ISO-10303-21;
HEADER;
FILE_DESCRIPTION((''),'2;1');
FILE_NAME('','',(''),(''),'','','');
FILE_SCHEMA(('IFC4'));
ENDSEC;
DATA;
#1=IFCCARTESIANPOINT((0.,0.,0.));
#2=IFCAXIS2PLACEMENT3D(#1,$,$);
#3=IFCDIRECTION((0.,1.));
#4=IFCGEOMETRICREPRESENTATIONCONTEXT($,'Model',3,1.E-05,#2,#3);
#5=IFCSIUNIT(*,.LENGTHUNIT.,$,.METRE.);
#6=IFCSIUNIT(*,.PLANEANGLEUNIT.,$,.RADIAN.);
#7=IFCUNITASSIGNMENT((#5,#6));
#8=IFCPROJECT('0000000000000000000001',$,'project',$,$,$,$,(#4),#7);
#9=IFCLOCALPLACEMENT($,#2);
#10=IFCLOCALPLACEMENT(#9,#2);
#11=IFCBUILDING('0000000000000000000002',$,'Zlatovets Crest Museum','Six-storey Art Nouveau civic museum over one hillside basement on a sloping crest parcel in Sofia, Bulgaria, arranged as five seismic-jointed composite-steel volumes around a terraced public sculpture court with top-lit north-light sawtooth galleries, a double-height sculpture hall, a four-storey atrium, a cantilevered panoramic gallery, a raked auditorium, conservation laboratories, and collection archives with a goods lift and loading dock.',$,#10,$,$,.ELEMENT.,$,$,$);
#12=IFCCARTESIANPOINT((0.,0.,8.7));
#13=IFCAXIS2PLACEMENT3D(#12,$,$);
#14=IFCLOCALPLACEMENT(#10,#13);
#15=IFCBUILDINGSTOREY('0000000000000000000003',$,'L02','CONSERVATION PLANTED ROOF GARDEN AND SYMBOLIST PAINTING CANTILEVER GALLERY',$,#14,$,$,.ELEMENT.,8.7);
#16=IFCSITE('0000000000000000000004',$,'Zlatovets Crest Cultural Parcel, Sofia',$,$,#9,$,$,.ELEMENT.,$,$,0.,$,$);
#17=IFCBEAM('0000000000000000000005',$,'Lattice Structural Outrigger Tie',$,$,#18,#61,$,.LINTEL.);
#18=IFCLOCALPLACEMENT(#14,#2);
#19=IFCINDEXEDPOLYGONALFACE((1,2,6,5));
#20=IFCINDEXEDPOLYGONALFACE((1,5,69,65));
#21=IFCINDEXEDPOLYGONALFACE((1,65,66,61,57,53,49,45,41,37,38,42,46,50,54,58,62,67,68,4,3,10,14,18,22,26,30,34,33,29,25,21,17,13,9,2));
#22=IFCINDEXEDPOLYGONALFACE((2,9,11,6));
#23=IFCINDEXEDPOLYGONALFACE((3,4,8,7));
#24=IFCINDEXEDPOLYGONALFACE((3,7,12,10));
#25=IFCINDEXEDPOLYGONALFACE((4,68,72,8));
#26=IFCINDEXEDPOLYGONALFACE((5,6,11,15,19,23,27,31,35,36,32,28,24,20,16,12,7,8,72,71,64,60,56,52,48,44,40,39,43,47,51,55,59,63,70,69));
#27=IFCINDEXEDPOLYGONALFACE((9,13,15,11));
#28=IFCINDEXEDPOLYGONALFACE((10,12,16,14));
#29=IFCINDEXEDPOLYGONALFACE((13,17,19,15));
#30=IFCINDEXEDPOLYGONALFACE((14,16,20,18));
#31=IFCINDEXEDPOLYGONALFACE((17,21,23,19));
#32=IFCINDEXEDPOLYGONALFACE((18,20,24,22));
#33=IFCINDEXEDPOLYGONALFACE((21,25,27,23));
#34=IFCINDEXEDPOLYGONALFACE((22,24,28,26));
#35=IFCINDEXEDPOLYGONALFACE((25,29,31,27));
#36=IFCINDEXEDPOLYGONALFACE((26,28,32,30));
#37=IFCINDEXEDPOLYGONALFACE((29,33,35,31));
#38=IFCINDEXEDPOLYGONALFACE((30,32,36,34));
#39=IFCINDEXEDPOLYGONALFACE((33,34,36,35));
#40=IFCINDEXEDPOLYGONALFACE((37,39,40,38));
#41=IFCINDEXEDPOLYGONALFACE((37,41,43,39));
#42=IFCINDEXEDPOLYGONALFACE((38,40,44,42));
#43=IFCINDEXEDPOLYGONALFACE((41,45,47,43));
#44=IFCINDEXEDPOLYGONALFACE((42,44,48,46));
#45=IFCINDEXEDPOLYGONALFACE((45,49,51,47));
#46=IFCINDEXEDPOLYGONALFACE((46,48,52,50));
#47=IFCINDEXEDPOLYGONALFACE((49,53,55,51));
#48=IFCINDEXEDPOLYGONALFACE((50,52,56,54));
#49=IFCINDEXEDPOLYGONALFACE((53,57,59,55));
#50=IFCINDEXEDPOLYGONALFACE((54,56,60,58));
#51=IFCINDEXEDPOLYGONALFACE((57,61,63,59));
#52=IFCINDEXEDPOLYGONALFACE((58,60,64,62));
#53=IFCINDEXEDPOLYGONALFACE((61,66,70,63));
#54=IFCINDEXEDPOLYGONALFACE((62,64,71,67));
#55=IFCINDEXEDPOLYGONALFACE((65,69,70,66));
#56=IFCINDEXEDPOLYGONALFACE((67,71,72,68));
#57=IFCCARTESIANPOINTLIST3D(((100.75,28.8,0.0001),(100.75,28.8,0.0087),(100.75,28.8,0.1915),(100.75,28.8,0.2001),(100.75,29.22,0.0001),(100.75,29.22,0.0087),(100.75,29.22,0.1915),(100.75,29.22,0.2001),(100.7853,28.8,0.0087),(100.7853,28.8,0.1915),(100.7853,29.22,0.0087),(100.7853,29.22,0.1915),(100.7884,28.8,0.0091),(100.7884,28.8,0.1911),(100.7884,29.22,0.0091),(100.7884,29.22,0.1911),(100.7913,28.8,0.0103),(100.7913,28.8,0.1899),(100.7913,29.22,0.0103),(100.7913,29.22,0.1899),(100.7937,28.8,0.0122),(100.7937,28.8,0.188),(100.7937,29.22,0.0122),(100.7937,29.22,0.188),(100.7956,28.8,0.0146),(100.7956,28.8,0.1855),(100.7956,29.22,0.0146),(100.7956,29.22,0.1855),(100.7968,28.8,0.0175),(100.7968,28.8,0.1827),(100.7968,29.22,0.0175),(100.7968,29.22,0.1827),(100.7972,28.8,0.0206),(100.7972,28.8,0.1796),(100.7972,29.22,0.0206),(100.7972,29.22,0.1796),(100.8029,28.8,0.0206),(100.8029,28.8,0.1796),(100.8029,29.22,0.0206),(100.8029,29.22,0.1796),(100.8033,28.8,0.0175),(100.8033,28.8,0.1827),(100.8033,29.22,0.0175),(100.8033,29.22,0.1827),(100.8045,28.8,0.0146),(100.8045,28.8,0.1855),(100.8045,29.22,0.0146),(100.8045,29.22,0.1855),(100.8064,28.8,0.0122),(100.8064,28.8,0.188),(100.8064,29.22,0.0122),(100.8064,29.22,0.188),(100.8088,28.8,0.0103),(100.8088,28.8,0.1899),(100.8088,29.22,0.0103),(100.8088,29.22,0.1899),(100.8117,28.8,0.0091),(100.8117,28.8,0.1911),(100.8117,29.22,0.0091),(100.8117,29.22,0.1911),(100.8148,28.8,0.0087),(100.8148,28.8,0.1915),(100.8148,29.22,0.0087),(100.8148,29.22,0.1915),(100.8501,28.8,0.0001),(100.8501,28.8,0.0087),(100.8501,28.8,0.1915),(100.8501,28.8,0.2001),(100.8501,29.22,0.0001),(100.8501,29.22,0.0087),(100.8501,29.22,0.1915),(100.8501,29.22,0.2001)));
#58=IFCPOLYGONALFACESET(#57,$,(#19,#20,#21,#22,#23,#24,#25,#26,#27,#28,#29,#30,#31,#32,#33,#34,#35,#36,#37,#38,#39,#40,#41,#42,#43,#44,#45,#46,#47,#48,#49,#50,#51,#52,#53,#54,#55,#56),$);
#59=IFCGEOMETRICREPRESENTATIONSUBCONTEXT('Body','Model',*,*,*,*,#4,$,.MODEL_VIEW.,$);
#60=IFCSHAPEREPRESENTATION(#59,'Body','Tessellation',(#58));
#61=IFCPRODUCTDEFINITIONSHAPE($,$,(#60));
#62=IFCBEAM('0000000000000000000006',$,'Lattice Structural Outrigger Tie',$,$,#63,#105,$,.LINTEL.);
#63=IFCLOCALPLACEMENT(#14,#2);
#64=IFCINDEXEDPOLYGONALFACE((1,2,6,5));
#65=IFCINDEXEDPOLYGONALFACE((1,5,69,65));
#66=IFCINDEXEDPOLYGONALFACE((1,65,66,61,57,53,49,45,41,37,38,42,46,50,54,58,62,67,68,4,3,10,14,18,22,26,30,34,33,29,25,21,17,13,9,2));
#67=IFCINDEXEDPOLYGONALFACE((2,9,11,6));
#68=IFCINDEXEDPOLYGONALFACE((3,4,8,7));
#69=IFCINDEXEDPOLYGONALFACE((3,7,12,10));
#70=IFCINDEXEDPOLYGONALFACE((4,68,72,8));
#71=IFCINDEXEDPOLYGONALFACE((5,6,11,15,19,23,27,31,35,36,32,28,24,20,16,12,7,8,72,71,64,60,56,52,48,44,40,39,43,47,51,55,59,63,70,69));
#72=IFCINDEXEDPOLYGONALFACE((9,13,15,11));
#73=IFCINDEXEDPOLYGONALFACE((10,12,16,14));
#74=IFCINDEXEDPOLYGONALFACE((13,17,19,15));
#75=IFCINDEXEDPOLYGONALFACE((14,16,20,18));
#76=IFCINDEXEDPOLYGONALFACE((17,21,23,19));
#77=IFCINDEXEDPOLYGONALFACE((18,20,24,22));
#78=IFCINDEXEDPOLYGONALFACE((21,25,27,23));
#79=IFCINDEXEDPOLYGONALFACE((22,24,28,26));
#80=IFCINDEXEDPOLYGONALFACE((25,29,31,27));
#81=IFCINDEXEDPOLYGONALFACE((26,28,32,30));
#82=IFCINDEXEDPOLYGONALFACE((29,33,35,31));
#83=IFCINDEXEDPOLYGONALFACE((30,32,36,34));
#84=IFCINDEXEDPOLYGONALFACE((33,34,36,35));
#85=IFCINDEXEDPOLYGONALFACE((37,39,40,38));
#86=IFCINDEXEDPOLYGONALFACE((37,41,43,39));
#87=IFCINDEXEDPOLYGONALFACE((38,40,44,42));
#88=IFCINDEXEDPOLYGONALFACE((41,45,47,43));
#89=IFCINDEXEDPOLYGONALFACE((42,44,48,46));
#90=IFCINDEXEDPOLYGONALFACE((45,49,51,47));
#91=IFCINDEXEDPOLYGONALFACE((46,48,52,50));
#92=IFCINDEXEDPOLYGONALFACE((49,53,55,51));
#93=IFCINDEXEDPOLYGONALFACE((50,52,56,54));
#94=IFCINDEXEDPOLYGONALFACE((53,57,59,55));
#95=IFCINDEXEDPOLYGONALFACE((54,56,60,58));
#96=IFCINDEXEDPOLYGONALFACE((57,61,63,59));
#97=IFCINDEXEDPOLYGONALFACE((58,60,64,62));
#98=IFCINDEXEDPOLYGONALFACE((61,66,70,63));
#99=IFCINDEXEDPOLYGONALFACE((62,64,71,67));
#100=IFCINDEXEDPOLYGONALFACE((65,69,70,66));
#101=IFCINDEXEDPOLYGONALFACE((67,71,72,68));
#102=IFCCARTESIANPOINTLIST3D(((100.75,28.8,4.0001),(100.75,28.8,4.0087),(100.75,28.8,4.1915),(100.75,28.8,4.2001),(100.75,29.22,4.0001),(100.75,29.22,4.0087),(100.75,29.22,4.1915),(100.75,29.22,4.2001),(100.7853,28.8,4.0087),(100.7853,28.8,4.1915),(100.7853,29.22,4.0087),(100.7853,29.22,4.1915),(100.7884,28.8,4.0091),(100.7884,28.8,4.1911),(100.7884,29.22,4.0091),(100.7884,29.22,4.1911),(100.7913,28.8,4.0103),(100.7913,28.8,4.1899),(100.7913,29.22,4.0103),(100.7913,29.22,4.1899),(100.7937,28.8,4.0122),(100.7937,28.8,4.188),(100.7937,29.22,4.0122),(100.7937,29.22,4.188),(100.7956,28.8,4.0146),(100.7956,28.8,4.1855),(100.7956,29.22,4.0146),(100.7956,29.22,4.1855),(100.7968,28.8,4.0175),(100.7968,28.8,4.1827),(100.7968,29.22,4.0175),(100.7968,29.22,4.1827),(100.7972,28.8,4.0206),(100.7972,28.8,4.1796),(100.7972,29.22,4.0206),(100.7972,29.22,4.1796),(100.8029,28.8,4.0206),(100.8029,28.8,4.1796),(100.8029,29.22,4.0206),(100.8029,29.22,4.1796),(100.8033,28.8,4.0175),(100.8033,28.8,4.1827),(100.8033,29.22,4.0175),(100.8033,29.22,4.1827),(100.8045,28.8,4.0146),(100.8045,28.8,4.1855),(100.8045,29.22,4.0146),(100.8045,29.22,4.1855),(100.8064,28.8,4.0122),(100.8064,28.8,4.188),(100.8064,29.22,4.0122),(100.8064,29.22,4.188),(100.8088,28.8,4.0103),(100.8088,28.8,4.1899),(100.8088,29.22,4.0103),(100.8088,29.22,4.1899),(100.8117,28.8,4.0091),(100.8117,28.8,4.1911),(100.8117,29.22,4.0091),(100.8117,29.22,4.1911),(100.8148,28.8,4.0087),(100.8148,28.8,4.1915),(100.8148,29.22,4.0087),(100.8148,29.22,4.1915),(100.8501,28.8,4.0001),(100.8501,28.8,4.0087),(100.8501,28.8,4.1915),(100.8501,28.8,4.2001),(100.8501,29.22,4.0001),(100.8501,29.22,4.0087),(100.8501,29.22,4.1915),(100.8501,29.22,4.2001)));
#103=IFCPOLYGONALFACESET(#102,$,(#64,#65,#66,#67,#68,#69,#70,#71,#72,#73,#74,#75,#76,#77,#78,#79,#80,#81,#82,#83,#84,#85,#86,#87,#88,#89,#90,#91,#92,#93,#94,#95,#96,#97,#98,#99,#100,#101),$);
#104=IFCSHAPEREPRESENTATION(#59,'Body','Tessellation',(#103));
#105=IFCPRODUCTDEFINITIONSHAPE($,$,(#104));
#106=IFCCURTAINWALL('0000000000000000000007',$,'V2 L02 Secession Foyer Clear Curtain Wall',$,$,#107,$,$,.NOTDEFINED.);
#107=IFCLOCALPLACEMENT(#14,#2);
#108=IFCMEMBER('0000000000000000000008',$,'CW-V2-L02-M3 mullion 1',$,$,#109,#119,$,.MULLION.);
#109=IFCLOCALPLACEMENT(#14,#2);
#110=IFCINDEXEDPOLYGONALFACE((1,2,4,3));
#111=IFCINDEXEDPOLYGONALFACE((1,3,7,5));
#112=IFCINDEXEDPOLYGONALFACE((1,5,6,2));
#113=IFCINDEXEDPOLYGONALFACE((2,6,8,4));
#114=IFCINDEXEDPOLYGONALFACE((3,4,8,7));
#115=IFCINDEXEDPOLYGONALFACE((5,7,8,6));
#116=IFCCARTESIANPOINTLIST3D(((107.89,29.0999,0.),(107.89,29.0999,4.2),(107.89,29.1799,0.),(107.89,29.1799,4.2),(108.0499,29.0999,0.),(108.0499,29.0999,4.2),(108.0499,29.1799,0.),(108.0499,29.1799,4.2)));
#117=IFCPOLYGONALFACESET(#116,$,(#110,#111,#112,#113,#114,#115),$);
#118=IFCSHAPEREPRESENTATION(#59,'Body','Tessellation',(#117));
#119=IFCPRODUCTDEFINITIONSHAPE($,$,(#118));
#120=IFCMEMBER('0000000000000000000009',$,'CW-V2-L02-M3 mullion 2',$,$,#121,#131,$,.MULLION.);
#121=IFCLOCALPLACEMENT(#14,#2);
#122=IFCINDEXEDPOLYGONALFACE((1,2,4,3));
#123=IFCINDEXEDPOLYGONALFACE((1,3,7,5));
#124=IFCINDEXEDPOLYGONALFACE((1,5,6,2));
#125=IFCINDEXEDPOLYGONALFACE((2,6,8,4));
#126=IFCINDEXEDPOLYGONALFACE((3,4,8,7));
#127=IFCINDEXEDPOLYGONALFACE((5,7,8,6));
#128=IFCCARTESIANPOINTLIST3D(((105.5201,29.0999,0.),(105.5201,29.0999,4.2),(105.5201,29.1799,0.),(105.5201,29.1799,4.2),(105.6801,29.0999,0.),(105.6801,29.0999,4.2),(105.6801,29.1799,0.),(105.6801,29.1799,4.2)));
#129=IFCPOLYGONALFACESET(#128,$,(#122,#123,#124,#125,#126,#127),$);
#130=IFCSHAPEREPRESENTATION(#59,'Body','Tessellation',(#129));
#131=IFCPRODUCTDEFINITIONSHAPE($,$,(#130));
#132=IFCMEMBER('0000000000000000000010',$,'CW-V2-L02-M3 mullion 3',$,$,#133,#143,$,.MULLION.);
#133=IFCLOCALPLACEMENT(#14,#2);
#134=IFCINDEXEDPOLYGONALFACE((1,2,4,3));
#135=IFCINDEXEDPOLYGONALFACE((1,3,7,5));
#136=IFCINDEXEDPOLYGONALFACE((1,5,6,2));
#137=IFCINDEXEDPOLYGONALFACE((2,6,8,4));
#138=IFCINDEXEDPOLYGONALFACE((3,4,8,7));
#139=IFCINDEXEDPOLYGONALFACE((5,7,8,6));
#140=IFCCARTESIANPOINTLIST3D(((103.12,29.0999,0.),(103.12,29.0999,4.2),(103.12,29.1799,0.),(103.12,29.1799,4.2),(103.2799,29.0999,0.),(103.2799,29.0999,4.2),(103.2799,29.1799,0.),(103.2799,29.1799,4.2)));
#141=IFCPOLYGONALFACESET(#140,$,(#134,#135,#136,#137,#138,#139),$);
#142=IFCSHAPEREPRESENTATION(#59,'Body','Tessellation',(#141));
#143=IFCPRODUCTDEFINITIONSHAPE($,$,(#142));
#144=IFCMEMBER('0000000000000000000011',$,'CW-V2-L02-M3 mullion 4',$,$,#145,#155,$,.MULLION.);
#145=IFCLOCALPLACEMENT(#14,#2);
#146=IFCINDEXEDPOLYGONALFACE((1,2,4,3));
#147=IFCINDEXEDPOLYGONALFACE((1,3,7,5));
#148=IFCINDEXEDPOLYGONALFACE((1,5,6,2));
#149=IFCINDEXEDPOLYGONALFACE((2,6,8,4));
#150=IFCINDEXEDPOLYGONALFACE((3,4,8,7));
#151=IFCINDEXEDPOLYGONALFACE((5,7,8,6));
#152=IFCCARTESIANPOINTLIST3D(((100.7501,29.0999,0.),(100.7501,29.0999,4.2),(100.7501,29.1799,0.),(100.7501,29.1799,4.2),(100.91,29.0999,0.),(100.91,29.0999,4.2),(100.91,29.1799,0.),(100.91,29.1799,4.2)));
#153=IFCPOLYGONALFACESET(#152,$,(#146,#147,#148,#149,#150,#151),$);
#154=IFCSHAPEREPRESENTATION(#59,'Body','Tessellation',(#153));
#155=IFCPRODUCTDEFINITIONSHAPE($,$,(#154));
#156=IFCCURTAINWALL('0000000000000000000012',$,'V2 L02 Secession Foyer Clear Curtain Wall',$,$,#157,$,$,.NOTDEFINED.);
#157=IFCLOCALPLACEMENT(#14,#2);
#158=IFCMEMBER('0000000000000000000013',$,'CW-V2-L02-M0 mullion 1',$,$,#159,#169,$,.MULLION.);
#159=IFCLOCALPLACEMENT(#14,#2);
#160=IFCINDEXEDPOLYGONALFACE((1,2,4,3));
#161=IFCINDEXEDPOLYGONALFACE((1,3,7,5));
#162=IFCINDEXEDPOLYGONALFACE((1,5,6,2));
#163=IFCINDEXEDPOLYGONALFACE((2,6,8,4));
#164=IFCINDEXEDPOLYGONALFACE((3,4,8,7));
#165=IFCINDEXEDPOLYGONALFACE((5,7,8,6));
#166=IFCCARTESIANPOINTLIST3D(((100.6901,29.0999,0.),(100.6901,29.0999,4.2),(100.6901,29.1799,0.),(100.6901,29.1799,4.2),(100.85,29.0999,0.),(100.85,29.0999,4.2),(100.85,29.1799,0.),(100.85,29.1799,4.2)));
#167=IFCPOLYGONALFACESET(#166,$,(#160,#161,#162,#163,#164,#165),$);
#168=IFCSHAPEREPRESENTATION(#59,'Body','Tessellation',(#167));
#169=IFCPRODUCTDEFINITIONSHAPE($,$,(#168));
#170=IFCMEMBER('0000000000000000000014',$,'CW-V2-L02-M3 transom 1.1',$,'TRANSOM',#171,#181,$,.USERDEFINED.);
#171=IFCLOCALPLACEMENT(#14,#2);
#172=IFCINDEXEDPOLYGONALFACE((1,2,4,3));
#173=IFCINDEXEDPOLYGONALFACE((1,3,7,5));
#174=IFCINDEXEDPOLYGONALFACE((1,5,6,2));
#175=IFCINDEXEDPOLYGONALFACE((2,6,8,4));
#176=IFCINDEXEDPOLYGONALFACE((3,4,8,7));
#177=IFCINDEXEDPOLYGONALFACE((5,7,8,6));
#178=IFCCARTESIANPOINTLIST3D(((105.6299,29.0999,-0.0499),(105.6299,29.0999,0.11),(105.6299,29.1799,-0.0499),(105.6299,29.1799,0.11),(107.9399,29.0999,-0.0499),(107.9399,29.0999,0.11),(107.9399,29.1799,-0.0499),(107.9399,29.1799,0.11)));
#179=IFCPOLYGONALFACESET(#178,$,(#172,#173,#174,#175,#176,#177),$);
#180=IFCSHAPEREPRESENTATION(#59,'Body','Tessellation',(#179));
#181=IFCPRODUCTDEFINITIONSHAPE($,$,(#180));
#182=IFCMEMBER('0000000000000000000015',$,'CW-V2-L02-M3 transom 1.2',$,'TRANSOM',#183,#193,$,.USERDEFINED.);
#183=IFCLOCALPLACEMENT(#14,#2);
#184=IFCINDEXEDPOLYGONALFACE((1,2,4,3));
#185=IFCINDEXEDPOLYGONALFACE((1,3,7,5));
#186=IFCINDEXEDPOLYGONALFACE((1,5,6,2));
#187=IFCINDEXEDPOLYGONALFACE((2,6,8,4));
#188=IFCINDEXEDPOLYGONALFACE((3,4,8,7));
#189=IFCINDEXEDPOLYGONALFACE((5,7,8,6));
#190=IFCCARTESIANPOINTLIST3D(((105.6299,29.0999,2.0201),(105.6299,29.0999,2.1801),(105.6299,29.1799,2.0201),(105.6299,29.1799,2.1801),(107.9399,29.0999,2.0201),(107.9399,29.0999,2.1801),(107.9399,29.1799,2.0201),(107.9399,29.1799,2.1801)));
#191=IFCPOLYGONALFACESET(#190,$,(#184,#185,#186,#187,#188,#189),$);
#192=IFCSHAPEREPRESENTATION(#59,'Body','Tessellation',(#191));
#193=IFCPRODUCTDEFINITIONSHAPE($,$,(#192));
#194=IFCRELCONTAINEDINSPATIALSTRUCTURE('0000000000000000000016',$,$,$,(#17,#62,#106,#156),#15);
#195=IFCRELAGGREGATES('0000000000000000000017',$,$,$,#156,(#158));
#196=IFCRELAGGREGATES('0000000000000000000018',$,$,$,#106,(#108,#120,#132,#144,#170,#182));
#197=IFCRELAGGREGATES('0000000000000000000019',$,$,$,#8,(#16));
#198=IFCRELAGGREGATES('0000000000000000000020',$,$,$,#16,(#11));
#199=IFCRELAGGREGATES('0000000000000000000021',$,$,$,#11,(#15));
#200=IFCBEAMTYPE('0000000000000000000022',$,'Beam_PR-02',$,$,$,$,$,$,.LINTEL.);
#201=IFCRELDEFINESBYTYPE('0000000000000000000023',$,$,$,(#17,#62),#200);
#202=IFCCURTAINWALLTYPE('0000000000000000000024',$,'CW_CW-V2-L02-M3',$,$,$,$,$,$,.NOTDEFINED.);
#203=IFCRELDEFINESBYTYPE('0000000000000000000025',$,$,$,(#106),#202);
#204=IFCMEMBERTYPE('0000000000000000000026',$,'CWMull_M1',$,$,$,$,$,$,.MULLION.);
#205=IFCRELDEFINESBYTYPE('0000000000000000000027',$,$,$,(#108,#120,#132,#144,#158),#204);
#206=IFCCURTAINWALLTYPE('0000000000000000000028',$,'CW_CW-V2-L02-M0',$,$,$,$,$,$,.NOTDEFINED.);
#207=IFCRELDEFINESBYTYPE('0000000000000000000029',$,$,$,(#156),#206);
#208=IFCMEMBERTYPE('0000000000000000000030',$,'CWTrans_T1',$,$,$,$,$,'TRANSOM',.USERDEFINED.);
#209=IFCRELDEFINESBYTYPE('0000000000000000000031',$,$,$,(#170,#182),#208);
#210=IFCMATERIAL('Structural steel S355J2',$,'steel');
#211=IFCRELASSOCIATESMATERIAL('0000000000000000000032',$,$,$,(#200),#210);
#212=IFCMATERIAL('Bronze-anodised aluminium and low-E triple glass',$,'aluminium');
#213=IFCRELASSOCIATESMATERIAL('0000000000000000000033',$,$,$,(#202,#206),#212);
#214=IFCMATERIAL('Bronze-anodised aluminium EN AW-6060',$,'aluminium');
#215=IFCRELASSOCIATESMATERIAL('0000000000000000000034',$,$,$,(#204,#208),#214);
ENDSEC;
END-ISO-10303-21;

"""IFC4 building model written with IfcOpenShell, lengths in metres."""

from ifc_helpers import new_model, si_unit, direction, frame, origin, origin_2d, place, context, subcontext, project, spatial, rectangle, i_section, extrude, material, material_profile, profile_set, type_object, element, aggregate, save


model = new_model("IFC4")

# Units and contexts
model_context = context("Model", 3, precision=1e-05, world=origin(), true_north=direction((0.0, 1.0)))
body_context = subcontext(model_context, "Body", "Model", "MODEL_VIEW")
ifc_project = project(units=[si_unit("LENGTHUNIT", "METRE"), si_unit("PLANEANGLEUNIT", "RADIAN")], contexts=[model_context])

# Site, building, storey
site_placement = place(None, origin())
site = spatial("IfcSite", under=ifc_project, at=site_placement, Name="Zlatovets Crest Cultural Parcel, Sofia", CompositionType="ELEMENT", RefElevation=0.0)
building_placement = place(site_placement, origin())
building = spatial("IfcBuilding", under=site, at=building_placement, Name="Zlatovets Crest Museum", Description="Six-storey Art Nouveau civic museum over one hillside basement on a sloping crest parcel in Sofia, Bulgaria, arranged as five seismic-jointed composite-steel volumes around a terraced public sculpture court with top-lit north-light sawtooth galleries, a double-height sculpture hall, a four-storey atrium, a cantilevered panoramic gallery, a raked auditorium, conservation laboratories, and collection archives with a goods lift and loading dock.", CompositionType="ELEMENT")
storey_placement = place(building_placement, frame((0.0, 0.0, 8.7)))
storey = spatial("IfcBuildingStorey", under=building, at=storey_placement, Name="L02", Description="CONSERVATION PLANTED ROOF GARDEN AND SYMBOLIST PAINTING CANTILEVER GALLERY", CompositionType="ELEMENT", Elevation=8.7)

# Shared definitions
ifc_material_1 = material(Name="Structural steel S355J2", Category="steel")

# Beams
ifc_material_profile_1 = material_profile(ifc_material_1, i_section(OverallWidth=0.1001, OverallDepth=0.2, WebThickness=0.0056, FlangeThickness=0.0085, FilletRadius=0.012, at=origin_2d()), Name="IPE 200")
ifc_profile_set_1 = profile_set([ifc_material_profile_1], Name="Structural steel S355J2")
beam_type_1 = type_object("IfcBeamType", Name="Beam_PR-02", PredefinedType="LINTEL", material=ifc_profile_set_1)
for number, where, z_axis, x_axis, name in (
    (1, (100.8, 28.8, 0.1001), (0.0, 1.0, 0.0), (-1.0, 0.0, 0.0), "Lattice Structural Outrigger Tie"),
    (2, (100.8, 28.8, 4.1001), (0.0, 1.0, 0.0), (-1.0, 0.0, 0.0), "Lattice Structural Outrigger Tie"),
):
    element("IfcBeam", number, at=place(storey_placement, frame(where, z_axis=z_axis, x_axis=x_axis)), inside=storey, type_object=beam_type_1, Name=name, PredefinedType="LINTEL", context=body_context, shape_type="SweptSolid", body=[
        extrude(i_section(OverallWidth=0.1001, OverallDepth=0.2, WebThickness=0.0056, FlangeThickness=0.0085, FilletRadius=0.012, at=origin_2d()), origin(), (0.0, 0.0, 1.0), 0.4199),
    ])

# Curtain wall, members
ifc_material_2 = material(Name="Bronze-anodised aluminium and low-E triple glass", Category="aluminium")
curtain_wall_type_1 = type_object("IfcCurtainWallType", Name="CW_CW-V2-L02-M3", PredefinedType="NOTDEFINED", material=ifc_material_2)
curtain_wall_1_placement = place(storey_placement, origin())
curtain_wall_1 = element("IfcCurtainWall", 3, at=curtain_wall_1_placement, inside=storey, type_object=curtain_wall_type_1, Name="V2 L02 Secession Foyer Clear Curtain Wall", PredefinedType="NOTDEFINED")
ifc_material_3 = material(Name="Bronze-anodised aluminium EN AW-6060", Category="aluminium")
ifc_material_profile_2 = material_profile(ifc_material_3, rectangle(XDim=0.0801, YDim=0.1599, at=origin_2d()), Name="ALU 80x160")
ifc_profile_set_2 = profile_set([ifc_material_profile_2], Name="Bronze-anodised aluminium EN AW-6060")
member_type_1 = type_object("IfcMemberType", Name="CWMull_M1", PredefinedType="MULLION", material=ifc_profile_set_2)
member_1_placement = place(storey_placement, frame((107.97, 29.1399, 0.0), z_axis=(0.0, 0.0, 1.0), x_axis=(0.0, -1.0, 0.0)))
member_1 = element("IfcMember", 4, at=member_1_placement, type_object=member_type_1, Name="CW-V2-L02-M3 mullion 1", PredefinedType="MULLION", context=body_context, shape_type="SweptSolid", body=[
    extrude(rectangle(XDim=0.0801, YDim=0.1599, at=origin_2d()), origin(), (0.0, 0.0, 1.0), 4.2),
])
member_2_placement = place(storey_placement, frame((105.6001, 29.1399, 0.0), z_axis=(0.0, 0.0, 1.0), x_axis=(0.0, -1.0, 0.0)))
member_2 = element("IfcMember", 5, at=member_2_placement, type_object=member_type_1, Name="CW-V2-L02-M3 mullion 2", PredefinedType="MULLION", context=body_context, shape_type="SweptSolid", body=[
    extrude(rectangle(XDim=0.0801, YDim=0.1599, at=origin_2d()), origin(), (0.0, 0.0, 1.0), 4.2),
])
member_3_placement = place(storey_placement, frame((103.2, 29.1399, 0.0), z_axis=(0.0, 0.0, 1.0), x_axis=(0.0, -1.0, 0.0)))
member_3 = element("IfcMember", 6, at=member_3_placement, type_object=member_type_1, Name="CW-V2-L02-M3 mullion 3", PredefinedType="MULLION", context=body_context, shape_type="SweptSolid", body=[
    extrude(rectangle(XDim=0.0801, YDim=0.1599, at=origin_2d()), origin(), (0.0, 0.0, 1.0), 4.2),
])
member_4_placement = place(storey_placement, frame((100.8301, 29.1399, 0.0), z_axis=(0.0, 0.0, 1.0), x_axis=(0.0, -1.0, 0.0)))
member_4 = element("IfcMember", 7, at=member_4_placement, type_object=member_type_1, Name="CW-V2-L02-M3 mullion 4", PredefinedType="MULLION", context=body_context, shape_type="SweptSolid", body=[
    extrude(rectangle(XDim=0.0801, YDim=0.1599, at=origin_2d()), origin(), (0.0, 0.0, 1.0), 4.2),
])

# Curtain wall, member
curtain_wall_type_2 = type_object("IfcCurtainWallType", Name="CW_CW-V2-L02-M0", PredefinedType="NOTDEFINED", material=ifc_material_2)
curtain_wall_2_placement = place(storey_placement, origin())
curtain_wall_2 = element("IfcCurtainWall", 8, at=curtain_wall_2_placement, inside=storey, type_object=curtain_wall_type_2, Name="V2 L02 Secession Foyer Clear Curtain Wall", PredefinedType="NOTDEFINED")
member_5_placement = place(storey_placement, frame((100.77, 29.1399, 0.0), z_axis=(0.0, 0.0, 1.0), x_axis=(0.0, -1.0, 0.0)))
member_5 = element("IfcMember", 9, at=member_5_placement, type_object=member_type_1, Name="CW-V2-L02-M0 mullion 1", PredefinedType="MULLION", context=body_context, shape_type="SweptSolid", body=[
    extrude(rectangle(XDim=0.0801, YDim=0.1599, at=origin_2d()), origin(), (0.0, 0.0, 1.0), 4.2),
])

# Members
ifc_material_profile_3 = material_profile(ifc_material_3, rectangle(XDim=0.0801, YDim=0.1599, at=origin_2d()), Name="ALU 80x160")
ifc_profile_set_3 = profile_set([ifc_material_profile_3], Name="Bronze-anodised aluminium EN AW-6060")
member_type_2 = type_object("IfcMemberType", Name="CWTrans_T1", ElementType="TRANSOM", PredefinedType="USERDEFINED", material=ifc_profile_set_3)
member_6_placement = place(storey_placement, frame((107.9399, 29.1399, 0.03), z_axis=(-1.0, 0.0, 0.0), x_axis=(0.0, -1.0, 0.0)))
member_6 = element("IfcMember", 10, at=member_6_placement, type_object=member_type_2, Name="CW-V2-L02-M3 transom 1.1", ObjectType="TRANSOM", PredefinedType="USERDEFINED", context=body_context, shape_type="SweptSolid", body=[
    extrude(rectangle(XDim=0.0801, YDim=0.1599, at=origin_2d()), origin(), (0.0, 0.0, 1.0), 2.3101),
])
member_7_placement = place(storey_placement, frame((107.9399, 29.1399, 2.1001), z_axis=(-1.0, 0.0, 0.0), x_axis=(0.0, -1.0, 0.0)))
member_7 = element("IfcMember", 11, at=member_7_placement, type_object=member_type_2, Name="CW-V2-L02-M3 transom 1.2", ObjectType="TRANSOM", PredefinedType="USERDEFINED", context=body_context, shape_type="SweptSolid", body=[
    extrude(rectangle(XDim=0.0801, YDim=0.1599, at=origin_2d()), origin(), (0.0, 0.0, 1.0), 2.3101),
])
aggregate(curtain_wall_2, [member_5])

aggregate(curtain_wall_1, [member_1, member_2, member_3, member_4, member_6, member_7])

save(model, "model.ifc")
